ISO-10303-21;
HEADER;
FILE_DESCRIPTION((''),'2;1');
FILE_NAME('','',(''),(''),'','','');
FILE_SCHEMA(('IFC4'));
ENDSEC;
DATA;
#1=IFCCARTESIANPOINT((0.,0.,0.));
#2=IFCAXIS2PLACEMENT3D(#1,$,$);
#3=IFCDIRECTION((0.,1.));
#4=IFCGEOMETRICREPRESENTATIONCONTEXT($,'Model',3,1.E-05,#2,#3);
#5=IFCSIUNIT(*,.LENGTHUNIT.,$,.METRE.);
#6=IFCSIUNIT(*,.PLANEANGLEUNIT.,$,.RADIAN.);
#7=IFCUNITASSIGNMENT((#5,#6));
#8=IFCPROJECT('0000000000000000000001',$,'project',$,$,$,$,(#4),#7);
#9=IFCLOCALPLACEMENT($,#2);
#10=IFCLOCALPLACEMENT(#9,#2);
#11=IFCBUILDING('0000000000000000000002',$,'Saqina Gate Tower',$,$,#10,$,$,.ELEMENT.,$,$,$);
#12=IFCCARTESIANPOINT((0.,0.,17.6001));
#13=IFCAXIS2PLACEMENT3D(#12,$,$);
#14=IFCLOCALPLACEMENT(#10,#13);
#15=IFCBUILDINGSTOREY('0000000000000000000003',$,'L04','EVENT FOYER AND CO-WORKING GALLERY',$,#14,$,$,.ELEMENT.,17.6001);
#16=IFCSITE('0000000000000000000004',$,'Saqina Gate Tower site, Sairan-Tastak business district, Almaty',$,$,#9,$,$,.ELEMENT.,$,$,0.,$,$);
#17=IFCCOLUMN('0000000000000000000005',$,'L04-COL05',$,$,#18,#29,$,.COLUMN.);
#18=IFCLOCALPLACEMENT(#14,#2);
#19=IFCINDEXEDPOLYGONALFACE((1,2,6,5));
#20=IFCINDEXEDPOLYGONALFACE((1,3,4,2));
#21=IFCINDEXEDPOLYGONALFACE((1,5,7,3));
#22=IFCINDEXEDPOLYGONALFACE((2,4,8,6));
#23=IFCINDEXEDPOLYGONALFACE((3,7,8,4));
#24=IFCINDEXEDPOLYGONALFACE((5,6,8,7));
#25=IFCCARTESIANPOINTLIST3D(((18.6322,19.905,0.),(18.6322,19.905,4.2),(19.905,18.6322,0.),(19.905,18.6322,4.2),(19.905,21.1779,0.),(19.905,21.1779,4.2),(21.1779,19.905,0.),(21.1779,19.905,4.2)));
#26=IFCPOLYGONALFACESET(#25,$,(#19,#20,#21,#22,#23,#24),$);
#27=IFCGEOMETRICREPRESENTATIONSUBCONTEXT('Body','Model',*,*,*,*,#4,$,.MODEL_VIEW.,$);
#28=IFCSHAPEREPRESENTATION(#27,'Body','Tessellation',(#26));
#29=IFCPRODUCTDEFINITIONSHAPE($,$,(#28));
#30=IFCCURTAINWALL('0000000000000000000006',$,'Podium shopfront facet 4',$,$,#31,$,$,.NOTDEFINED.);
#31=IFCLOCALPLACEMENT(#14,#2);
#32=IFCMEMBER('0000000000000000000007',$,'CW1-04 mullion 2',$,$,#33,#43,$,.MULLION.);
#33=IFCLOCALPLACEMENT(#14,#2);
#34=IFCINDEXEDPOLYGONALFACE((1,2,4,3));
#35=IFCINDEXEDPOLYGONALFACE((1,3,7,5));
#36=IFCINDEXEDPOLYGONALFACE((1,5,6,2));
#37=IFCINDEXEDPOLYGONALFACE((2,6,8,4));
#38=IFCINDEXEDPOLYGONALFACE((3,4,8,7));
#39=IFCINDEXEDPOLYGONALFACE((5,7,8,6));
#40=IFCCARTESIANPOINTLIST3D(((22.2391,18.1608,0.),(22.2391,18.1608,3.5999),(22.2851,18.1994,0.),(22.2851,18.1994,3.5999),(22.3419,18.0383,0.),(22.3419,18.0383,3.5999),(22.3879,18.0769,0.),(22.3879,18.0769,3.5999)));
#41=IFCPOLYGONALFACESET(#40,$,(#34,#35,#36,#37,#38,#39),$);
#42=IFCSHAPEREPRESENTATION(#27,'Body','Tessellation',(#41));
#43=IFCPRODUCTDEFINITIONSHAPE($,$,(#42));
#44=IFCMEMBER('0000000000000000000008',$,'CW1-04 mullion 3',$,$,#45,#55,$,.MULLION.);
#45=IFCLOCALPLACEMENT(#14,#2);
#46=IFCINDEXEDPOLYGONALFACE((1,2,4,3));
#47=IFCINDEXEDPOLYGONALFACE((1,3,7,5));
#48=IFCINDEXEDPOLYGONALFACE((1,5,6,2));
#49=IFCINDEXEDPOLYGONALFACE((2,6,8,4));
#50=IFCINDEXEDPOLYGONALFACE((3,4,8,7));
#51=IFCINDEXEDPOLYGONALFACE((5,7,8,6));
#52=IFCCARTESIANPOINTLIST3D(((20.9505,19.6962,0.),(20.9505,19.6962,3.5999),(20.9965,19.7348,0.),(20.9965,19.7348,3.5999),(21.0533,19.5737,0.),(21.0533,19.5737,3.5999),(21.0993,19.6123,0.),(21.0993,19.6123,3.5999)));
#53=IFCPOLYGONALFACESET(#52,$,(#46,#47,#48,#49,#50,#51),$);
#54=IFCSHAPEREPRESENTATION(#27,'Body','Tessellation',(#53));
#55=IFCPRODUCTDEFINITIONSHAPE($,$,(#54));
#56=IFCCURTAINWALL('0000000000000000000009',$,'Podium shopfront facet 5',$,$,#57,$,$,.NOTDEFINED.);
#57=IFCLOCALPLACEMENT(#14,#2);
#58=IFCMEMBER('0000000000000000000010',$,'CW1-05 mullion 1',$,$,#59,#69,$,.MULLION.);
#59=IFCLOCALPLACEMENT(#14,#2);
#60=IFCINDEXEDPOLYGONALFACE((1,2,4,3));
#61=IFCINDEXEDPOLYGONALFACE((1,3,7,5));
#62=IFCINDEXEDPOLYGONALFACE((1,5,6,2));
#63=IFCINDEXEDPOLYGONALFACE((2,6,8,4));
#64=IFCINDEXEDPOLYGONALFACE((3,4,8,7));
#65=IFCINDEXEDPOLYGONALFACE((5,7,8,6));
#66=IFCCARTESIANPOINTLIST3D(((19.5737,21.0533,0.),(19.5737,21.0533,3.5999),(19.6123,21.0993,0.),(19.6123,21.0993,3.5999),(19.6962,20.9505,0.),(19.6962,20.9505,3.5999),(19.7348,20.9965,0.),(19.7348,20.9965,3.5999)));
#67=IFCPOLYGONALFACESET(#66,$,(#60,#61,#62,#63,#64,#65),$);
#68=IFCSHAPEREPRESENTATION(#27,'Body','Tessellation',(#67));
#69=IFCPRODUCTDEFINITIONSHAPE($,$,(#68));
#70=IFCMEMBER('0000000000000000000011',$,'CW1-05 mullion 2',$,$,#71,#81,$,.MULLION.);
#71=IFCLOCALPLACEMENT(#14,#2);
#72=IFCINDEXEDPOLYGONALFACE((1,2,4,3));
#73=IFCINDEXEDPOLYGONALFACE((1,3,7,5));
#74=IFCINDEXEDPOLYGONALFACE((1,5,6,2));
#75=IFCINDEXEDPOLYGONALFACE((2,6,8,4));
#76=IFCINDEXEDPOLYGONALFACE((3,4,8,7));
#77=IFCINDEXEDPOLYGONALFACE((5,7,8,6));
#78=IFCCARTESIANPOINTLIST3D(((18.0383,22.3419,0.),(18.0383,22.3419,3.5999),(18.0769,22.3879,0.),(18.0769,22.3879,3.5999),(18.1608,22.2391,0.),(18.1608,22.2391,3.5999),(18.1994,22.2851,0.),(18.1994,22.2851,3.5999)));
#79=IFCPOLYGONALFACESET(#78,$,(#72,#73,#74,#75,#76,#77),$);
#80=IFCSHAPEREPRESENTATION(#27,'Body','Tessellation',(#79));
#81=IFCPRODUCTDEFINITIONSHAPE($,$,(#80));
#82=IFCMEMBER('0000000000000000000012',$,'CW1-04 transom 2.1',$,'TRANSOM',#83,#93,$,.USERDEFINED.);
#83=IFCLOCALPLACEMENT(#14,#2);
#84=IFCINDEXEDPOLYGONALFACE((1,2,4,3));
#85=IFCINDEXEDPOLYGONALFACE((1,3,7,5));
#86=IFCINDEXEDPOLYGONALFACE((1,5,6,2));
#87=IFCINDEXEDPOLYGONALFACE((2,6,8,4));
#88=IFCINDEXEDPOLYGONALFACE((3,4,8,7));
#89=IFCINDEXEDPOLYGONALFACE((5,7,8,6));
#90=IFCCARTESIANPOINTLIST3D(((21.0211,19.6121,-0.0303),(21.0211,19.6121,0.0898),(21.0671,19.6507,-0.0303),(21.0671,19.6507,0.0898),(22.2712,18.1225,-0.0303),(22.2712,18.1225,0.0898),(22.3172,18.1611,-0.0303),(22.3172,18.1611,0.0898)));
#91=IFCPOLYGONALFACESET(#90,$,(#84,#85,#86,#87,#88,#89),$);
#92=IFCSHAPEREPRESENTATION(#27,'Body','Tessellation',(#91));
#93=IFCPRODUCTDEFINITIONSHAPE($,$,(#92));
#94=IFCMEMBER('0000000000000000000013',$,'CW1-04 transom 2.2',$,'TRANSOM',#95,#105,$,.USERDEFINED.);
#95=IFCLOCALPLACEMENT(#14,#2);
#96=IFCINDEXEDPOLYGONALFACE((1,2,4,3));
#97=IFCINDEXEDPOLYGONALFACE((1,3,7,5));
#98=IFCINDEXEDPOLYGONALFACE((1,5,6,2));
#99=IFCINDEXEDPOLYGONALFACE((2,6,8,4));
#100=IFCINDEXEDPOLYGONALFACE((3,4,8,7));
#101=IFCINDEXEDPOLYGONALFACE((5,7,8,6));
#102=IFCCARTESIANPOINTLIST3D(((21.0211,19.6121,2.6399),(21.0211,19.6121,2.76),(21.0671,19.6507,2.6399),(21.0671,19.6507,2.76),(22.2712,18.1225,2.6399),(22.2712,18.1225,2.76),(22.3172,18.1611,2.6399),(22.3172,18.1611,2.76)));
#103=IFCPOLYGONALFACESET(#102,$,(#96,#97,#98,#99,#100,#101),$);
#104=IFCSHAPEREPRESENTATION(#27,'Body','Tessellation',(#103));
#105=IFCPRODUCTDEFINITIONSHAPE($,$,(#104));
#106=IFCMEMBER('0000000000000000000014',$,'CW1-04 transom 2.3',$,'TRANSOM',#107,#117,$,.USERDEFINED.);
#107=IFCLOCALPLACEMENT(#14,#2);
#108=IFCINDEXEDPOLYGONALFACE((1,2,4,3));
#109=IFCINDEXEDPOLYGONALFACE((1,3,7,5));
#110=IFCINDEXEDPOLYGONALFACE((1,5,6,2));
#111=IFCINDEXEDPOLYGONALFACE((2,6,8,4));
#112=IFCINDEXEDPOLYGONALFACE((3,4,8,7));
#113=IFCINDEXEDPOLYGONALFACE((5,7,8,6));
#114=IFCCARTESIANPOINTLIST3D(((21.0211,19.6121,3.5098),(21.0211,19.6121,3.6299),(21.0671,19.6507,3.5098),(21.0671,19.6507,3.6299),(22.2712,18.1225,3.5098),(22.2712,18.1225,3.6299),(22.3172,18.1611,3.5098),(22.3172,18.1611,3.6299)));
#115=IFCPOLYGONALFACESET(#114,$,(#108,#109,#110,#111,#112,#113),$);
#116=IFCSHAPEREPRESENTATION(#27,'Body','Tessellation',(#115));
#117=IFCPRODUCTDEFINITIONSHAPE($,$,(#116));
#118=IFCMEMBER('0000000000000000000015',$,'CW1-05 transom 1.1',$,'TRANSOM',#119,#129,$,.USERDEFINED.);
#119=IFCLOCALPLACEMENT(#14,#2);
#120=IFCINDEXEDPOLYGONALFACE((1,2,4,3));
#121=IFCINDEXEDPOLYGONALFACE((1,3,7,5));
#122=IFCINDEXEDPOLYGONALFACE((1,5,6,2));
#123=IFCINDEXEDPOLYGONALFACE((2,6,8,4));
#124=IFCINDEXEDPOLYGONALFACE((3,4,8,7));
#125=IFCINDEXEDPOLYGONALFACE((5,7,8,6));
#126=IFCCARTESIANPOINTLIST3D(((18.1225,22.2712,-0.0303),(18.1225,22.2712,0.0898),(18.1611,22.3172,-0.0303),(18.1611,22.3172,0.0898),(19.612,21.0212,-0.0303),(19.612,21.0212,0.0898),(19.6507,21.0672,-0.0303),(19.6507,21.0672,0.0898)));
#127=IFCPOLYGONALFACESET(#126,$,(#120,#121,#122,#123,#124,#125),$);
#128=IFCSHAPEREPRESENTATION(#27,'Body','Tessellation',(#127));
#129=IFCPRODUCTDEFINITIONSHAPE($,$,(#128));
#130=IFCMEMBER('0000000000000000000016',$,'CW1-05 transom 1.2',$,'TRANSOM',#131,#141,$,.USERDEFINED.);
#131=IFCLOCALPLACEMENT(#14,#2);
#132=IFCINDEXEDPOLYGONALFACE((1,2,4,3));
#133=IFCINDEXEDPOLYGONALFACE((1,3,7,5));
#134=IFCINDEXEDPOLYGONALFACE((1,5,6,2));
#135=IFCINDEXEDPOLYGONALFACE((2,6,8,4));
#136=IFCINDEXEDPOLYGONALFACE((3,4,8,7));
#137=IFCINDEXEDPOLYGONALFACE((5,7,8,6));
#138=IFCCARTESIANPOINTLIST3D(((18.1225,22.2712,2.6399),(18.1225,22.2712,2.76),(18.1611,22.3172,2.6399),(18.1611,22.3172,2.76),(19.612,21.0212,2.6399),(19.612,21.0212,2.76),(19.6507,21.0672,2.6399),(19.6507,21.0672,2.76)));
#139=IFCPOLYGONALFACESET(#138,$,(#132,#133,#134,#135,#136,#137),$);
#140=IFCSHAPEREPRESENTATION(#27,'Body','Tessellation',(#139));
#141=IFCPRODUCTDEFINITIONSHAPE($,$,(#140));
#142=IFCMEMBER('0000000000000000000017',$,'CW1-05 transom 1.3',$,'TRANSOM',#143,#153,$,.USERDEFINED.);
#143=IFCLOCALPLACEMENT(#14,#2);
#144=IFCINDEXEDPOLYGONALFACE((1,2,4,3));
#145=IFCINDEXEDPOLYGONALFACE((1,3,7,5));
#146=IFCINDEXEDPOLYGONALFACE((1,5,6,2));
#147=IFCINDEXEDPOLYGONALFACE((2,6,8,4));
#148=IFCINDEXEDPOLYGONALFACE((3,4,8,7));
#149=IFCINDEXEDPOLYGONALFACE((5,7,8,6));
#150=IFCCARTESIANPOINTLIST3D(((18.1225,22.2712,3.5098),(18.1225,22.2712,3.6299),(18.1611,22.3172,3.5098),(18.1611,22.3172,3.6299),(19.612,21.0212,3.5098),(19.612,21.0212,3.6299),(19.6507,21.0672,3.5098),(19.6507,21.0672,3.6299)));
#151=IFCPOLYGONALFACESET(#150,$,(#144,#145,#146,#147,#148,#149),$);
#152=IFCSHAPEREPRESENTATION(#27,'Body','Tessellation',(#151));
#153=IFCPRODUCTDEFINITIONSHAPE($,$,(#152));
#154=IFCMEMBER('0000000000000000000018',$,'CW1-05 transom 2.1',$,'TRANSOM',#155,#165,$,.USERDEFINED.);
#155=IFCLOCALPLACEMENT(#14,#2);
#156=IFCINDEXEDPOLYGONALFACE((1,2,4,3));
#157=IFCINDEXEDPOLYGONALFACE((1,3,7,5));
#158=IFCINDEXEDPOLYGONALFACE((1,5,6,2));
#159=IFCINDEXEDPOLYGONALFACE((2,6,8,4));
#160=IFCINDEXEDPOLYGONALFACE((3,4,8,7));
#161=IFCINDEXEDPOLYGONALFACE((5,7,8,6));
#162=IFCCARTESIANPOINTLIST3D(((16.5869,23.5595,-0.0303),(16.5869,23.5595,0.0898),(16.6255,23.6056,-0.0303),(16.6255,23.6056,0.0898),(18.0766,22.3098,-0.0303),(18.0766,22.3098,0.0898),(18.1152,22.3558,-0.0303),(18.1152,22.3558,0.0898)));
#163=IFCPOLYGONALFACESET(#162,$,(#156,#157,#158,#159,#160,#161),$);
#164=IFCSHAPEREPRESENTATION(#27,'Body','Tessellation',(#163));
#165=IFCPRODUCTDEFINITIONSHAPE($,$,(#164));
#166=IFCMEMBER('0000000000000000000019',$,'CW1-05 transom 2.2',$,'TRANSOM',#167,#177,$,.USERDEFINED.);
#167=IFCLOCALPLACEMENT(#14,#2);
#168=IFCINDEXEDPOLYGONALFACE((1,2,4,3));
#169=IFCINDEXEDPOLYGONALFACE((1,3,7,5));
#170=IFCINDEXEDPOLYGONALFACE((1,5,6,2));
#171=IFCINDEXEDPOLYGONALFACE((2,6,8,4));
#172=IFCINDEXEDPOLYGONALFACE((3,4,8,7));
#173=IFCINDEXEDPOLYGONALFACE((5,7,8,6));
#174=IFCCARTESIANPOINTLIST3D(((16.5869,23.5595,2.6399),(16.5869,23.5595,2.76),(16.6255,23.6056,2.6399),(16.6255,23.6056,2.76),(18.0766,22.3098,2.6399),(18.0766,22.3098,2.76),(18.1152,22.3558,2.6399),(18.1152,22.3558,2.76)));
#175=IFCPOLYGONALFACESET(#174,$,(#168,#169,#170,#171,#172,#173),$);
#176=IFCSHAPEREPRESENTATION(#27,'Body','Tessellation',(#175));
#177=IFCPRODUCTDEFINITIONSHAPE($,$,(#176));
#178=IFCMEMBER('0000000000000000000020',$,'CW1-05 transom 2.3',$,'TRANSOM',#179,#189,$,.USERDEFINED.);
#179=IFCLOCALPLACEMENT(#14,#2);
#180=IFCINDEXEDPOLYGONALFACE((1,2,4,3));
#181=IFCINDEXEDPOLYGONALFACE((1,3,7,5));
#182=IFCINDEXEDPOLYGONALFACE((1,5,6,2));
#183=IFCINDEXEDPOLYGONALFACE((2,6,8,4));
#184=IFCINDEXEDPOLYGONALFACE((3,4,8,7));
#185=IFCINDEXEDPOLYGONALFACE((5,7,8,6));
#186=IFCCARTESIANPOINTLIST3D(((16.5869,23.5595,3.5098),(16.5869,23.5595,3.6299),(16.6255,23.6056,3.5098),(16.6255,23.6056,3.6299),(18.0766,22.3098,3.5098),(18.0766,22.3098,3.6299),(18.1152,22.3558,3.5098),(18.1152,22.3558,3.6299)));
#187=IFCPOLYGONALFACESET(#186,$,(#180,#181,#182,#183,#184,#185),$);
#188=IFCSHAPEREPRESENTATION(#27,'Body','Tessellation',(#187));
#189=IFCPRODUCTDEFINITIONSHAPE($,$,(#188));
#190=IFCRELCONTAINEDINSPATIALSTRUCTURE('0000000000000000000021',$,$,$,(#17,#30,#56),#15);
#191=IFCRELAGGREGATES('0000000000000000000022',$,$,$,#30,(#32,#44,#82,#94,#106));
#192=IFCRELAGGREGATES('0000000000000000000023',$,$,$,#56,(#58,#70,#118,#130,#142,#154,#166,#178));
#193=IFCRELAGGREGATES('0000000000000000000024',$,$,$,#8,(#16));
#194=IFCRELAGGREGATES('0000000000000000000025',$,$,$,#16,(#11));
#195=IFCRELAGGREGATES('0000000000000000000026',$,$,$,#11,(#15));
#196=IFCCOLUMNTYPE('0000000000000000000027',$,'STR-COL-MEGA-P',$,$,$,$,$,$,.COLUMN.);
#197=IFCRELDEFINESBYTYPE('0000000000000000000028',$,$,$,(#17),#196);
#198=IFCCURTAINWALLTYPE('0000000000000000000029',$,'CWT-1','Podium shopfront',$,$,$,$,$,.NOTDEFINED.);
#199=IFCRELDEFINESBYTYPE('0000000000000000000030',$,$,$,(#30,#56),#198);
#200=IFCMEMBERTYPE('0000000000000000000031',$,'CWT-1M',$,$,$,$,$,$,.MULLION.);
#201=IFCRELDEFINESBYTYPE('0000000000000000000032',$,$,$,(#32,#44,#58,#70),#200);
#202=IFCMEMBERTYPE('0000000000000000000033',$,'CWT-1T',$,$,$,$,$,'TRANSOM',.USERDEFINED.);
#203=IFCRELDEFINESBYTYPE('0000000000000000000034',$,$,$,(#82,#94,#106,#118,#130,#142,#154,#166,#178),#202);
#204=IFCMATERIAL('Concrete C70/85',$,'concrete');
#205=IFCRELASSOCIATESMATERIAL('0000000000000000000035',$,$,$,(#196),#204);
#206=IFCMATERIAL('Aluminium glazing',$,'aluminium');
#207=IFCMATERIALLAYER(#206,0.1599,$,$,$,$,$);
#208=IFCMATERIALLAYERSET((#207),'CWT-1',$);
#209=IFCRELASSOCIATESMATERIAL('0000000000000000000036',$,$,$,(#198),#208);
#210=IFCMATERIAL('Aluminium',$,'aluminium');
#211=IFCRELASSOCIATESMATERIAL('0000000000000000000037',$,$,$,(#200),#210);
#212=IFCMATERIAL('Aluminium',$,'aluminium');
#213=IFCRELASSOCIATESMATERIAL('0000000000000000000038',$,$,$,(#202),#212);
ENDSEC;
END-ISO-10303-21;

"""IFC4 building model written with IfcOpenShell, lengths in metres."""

from ifc_helpers import new_model, si_unit, direction, frame, origin, origin_2d, place, context, subcontext, project, spatial, rectangle, extrude, material, layer, layer_set, material_profile, profile_set, type_object, element, aggregate, save


model = new_model("IFC4")

# Units and contexts
model_context = context("Model", 3, precision=1e-05, world=origin(), true_north=direction((0.0, 1.0)))
body_context = subcontext(model_context, "Body", "Model", "MODEL_VIEW")
ifc_project = project(units=[si_unit("LENGTHUNIT", "METRE"), si_unit("PLANEANGLEUNIT", "RADIAN")], contexts=[model_context])

# Site, building, storey
site_placement = place(None, origin())
site = spatial("IfcSite", under=ifc_project, at=site_placement, Name="Saqina Gate Tower site, Sairan-Tastak business district, Almaty", CompositionType="ELEMENT", RefElevation=0.0)
building_placement = place(site_placement, origin())
building = spatial("IfcBuilding", under=site, at=building_placement, Name="Saqina Gate Tower", CompositionType="ELEMENT")
storey_placement = place(building_placement, frame((0.0, 0.0, 17.6001)))
storey = spatial("IfcBuildingStorey", under=building, at=storey_placement, Name="L04", Description="EVENT FOYER AND CO-WORKING GALLERY", CompositionType="ELEMENT", Elevation=17.6001)

# Column
ifc_material_1 = material(Name="Concrete C70/85", Category="concrete")
ifc_material_profile_1 = material_profile(ifc_material_1, rectangle(XDim=1.8, YDim=1.8, at=origin_2d()), Name="RC 1800x1800")
ifc_profile_set_1 = profile_set([ifc_material_profile_1], Name="Concrete C70/85")
column_type = type_object("IfcColumnType", Name="STR-COL-MEGA-P", PredefinedType="COLUMN", material=ifc_profile_set_1)
column_placement = place(storey_placement, frame((19.905, 19.905, 0.0), z_axis=(0.0, 0.0, 1.0), x_axis=(0.707107, 0.707107, 0.0)))
element("IfcColumn", 1, at=column_placement, inside=storey, type_object=column_type, Name="L04-COL05", PredefinedType="COLUMN", context=body_context, shape_type="SweptSolid", body=[
    extrude(rectangle(XDim=1.8, YDim=1.8, at=origin_2d()), origin(), (0.0, 0.0, 1.0), 4.2),
])

# Curtain walls, members
ifc_material_2 = material(Name="Aluminium glazing", Category="aluminium")
ifc_layer_1 = layer(ifc_material_2, 0.1599)
ifc_layer_set_1 = layer_set([ifc_layer_1], Name="CWT-1")
curtain_wall_type = type_object("IfcCurtainWallType", Name="CWT-1", Description="Podium shopfront", PredefinedType="NOTDEFINED", material=ifc_layer_set_1)
curtain_wall_1_placement = place(storey_placement, origin())
curtain_wall_1 = element("IfcCurtainWall", 2, at=curtain_wall_1_placement, inside=storey, type_object=curtain_wall_type, Name="Podium shopfront facet 4", PredefinedType="NOTDEFINED")
ifc_material_3 = material(Name="Aluminium", Category="aluminium")
ifc_material_profile_2 = material_profile(ifc_material_3, rectangle(XDim=0.0601, YDim=0.1599, at=origin_2d()), Name="Aluminium 60x160")
ifc_profile_set_2 = profile_set([ifc_material_profile_2], Name="Aluminium")
member_type_1 = type_object("IfcMemberType", Name="CWT-1M", PredefinedType="MULLION", material=ifc_profile_set_2)
member_1_placement = place(storey_placement, frame((22.3135, 18.1189, 0.0), z_axis=(0.0, 0.0, 1.0), x_axis=(-0.766051, -0.642779, 0.0)))
member_1 = element("IfcMember", 3, at=member_1_placement, type_object=member_type_1, Name="CW1-04 mullion 2", PredefinedType="MULLION", context=body_context, shape_type="SweptSolid", body=[
    extrude(rectangle(XDim=0.0601, YDim=0.1599, at=origin_2d()), origin(), (0.0, 0.0, 1.0), 3.5999),
])
member_2_placement = place(storey_placement, frame((21.0249, 19.6543, 0.0), z_axis=(0.0, 0.0, 1.0), x_axis=(-0.766051, -0.642779, 0.0)))
member_2 = element("IfcMember", 4, at=member_2_placement, type_object=member_type_1, Name="CW1-04 mullion 3", PredefinedType="MULLION", context=body_context, shape_type="SweptSolid", body=[
    extrude(rectangle(XDim=0.0601, YDim=0.1599, at=origin_2d()), origin(), (0.0, 0.0, 1.0), 3.5999),
])
curtain_wall_2_placement = place(storey_placement, origin())
curtain_wall_2 = element("IfcCurtainWall", 5, at=curtain_wall_2_placement, inside=storey, type_object=curtain_wall_type, Name="Podium shopfront facet 5", PredefinedType="NOTDEFINED")
member_3_placement = place(storey_placement, frame((19.6543, 21.0249, 0.0), z_axis=(0.0, 0.0, 1.0), x_axis=(-0.642779, -0.766051, 0.0)))
member_3 = element("IfcMember", 6, at=member_3_placement, type_object=member_type_1, Name="CW1-05 mullion 1", PredefinedType="MULLION", context=body_context, shape_type="SweptSolid", body=[
    extrude(rectangle(XDim=0.0601, YDim=0.1599, at=origin_2d()), origin(), (0.0, 0.0, 1.0), 3.5999),
])
member_4_placement = place(storey_placement, frame((18.1189, 22.3135, 0.0), z_axis=(0.0, 0.0, 1.0), x_axis=(-0.642779, -0.766051, 0.0)))
member_4 = element("IfcMember", 7, at=member_4_placement, type_object=member_type_1, Name="CW1-05 mullion 2", PredefinedType="MULLION", context=body_context, shape_type="SweptSolid", body=[
    extrude(rectangle(XDim=0.0601, YDim=0.1599, at=origin_2d()), origin(), (0.0, 0.0, 1.0), 3.5999),
])

# Members
ifc_material_4 = material(Name="Aluminium", Category="aluminium")
ifc_material_profile_3 = material_profile(ifc_material_4, rectangle(XDim=0.0601, YDim=0.1201, at=origin_2d()), Name="Aluminium 60x120")
ifc_profile_set_3 = profile_set([ifc_material_profile_3], Name="Aluminium")
member_type_2 = type_object("IfcMemberType", Name="CWT-1T", ElementType="TRANSOM", PredefinedType="USERDEFINED", material=ifc_profile_set_3)
member_5_placement = place(storey_placement, frame((22.2942, 18.1418, 0.0298), z_axis=(-0.642836, 0.766004, 0.0), x_axis=(-0.766004, -0.642836, 0.0)))
member_5 = element("IfcMember", 8, at=member_5_placement, type_object=member_type_2, Name="CW1-04 transom 2.1", ObjectType="TRANSOM", PredefinedType="USERDEFINED", context=body_context, shape_type="SweptSolid", body=[
    extrude(rectangle(XDim=0.0601, YDim=0.1201, at=origin_2d()), origin(), (0.0, 0.0, 1.0), 1.9446),
])
member_6_placement = place(storey_placement, frame((22.2942, 18.1418, 2.7), z_axis=(-0.642836, 0.766004, 0.0), x_axis=(-0.766004, -0.642836, 0.0)))
member_6 = element("IfcMember", 9, at=member_6_placement, type_object=member_type_2, Name="CW1-04 transom 2.2", ObjectType="TRANSOM", PredefinedType="USERDEFINED", context=body_context, shape_type="SweptSolid", body=[
    extrude(rectangle(XDim=0.0601, YDim=0.1201, at=origin_2d()), origin(), (0.0, 0.0, 1.0), 1.9446),
])
member_7_placement = place(storey_placement, frame((22.2942, 18.1418, 3.5698), z_axis=(-0.642836, 0.766004, 0.0), x_axis=(-0.766004, -0.642836, 0.0)))
member_7 = element("IfcMember", 10, at=member_7_placement, type_object=member_type_2, Name="CW1-04 transom 2.3", ObjectType="TRANSOM", PredefinedType="USERDEFINED", context=body_context, shape_type="SweptSolid", body=[
    extrude(rectangle(XDim=0.0601, YDim=0.1201, at=origin_2d()), origin(), (0.0, 0.0, 1.0), 1.9446),
])
member_8_placement = place(storey_placement, frame((19.6313, 21.0442, 0.0298), z_axis=(-0.766004, 0.642836, 0.0), x_axis=(-0.642836, -0.766004, 0.0)))
member_8 = element("IfcMember", 11, at=member_8_placement, type_object=member_type_2, Name="CW1-05 transom 1.1", ObjectType="TRANSOM", PredefinedType="USERDEFINED", context=body_context, shape_type="SweptSolid", body=[
    extrude(rectangle(XDim=0.0601, YDim=0.1201, at=origin_2d()), origin(), (0.0, 0.0, 1.0), 1.9446),
])
member_9_placement = place(storey_placement, frame((19.6313, 21.0442, 2.7), z_axis=(-0.766004, 0.642836, 0.0), x_axis=(-0.642836, -0.766004, 0.0)))
member_9 = element("IfcMember", 12, at=member_9_placement, type_object=member_type_2, Name="CW1-05 transom 1.2", ObjectType="TRANSOM", PredefinedType="USERDEFINED", context=body_context, shape_type="SweptSolid", body=[
    extrude(rectangle(XDim=0.0601, YDim=0.1201, at=origin_2d()), origin(), (0.0, 0.0, 1.0), 1.9446),
])
member_10_placement = place(storey_placement, frame((19.6313, 21.0442, 3.5698), z_axis=(-0.766004, 0.642836, 0.0), x_axis=(-0.642836, -0.766004, 0.0)))
member_10 = element("IfcMember", 13, at=member_10_placement, type_object=member_type_2, Name="CW1-05 transom 1.3", ObjectType="TRANSOM", PredefinedType="USERDEFINED", context=body_context, shape_type="SweptSolid", body=[
    extrude(rectangle(XDim=0.0601, YDim=0.1201, at=origin_2d()), origin(), (0.0, 0.0, 1.0), 1.9446),
])
member_11_placement = place(storey_placement, frame((18.0959, 22.3328, 0.0298), z_axis=(-0.766118, 0.6427, 0.0), x_axis=(-0.6427, -0.766118, 0.0)))
member_11 = element("IfcMember", 14, at=member_11_placement, type_object=member_type_2, Name="CW1-05 transom 2.1", ObjectType="TRANSOM", PredefinedType="USERDEFINED", context=body_context, shape_type="SweptSolid", body=[
    extrude(rectangle(XDim=0.0601, YDim=0.1201, at=origin_2d()), origin(), (0.0, 0.0, 1.0), 1.9446),
])
member_12_placement = place(storey_placement, frame((18.0959, 22.3328, 2.7), z_axis=(-0.766118, 0.6427, 0.0), x_axis=(-0.6427, -0.766118, 0.0)))
member_12 = element("IfcMember", 15, at=member_12_placement, type_object=member_type_2, Name="CW1-05 transom 2.2", ObjectType="TRANSOM", PredefinedType="USERDEFINED", context=body_context, shape_type="SweptSolid", body=[
    extrude(rectangle(XDim=0.0601, YDim=0.1201, at=origin_2d()), origin(), (0.0, 0.0, 1.0), 1.9446),
])
member_13_placement = place(storey_placement, frame((18.0959, 22.3328, 3.5698), z_axis=(-0.766118, 0.6427, 0.0), x_axis=(-0.6427, -0.766118, 0.0)))
member_13 = element("IfcMember", 16, at=member_13_placement, type_object=member_type_2, Name="CW1-05 transom 2.3", ObjectType="TRANSOM", PredefinedType="USERDEFINED", context=body_context, shape_type="SweptSolid", body=[
    extrude(rectangle(XDim=0.0601, YDim=0.1201, at=origin_2d()), origin(), (0.0, 0.0, 1.0), 1.9446),
])

aggregate(curtain_wall_1, [member_1, member_2, member_5, member_6, member_7])
aggregate(curtain_wall_2, [member_3, member_4, member_8, member_9, member_10, member_11, member_12, member_13])

save(model, "model.ifc")
